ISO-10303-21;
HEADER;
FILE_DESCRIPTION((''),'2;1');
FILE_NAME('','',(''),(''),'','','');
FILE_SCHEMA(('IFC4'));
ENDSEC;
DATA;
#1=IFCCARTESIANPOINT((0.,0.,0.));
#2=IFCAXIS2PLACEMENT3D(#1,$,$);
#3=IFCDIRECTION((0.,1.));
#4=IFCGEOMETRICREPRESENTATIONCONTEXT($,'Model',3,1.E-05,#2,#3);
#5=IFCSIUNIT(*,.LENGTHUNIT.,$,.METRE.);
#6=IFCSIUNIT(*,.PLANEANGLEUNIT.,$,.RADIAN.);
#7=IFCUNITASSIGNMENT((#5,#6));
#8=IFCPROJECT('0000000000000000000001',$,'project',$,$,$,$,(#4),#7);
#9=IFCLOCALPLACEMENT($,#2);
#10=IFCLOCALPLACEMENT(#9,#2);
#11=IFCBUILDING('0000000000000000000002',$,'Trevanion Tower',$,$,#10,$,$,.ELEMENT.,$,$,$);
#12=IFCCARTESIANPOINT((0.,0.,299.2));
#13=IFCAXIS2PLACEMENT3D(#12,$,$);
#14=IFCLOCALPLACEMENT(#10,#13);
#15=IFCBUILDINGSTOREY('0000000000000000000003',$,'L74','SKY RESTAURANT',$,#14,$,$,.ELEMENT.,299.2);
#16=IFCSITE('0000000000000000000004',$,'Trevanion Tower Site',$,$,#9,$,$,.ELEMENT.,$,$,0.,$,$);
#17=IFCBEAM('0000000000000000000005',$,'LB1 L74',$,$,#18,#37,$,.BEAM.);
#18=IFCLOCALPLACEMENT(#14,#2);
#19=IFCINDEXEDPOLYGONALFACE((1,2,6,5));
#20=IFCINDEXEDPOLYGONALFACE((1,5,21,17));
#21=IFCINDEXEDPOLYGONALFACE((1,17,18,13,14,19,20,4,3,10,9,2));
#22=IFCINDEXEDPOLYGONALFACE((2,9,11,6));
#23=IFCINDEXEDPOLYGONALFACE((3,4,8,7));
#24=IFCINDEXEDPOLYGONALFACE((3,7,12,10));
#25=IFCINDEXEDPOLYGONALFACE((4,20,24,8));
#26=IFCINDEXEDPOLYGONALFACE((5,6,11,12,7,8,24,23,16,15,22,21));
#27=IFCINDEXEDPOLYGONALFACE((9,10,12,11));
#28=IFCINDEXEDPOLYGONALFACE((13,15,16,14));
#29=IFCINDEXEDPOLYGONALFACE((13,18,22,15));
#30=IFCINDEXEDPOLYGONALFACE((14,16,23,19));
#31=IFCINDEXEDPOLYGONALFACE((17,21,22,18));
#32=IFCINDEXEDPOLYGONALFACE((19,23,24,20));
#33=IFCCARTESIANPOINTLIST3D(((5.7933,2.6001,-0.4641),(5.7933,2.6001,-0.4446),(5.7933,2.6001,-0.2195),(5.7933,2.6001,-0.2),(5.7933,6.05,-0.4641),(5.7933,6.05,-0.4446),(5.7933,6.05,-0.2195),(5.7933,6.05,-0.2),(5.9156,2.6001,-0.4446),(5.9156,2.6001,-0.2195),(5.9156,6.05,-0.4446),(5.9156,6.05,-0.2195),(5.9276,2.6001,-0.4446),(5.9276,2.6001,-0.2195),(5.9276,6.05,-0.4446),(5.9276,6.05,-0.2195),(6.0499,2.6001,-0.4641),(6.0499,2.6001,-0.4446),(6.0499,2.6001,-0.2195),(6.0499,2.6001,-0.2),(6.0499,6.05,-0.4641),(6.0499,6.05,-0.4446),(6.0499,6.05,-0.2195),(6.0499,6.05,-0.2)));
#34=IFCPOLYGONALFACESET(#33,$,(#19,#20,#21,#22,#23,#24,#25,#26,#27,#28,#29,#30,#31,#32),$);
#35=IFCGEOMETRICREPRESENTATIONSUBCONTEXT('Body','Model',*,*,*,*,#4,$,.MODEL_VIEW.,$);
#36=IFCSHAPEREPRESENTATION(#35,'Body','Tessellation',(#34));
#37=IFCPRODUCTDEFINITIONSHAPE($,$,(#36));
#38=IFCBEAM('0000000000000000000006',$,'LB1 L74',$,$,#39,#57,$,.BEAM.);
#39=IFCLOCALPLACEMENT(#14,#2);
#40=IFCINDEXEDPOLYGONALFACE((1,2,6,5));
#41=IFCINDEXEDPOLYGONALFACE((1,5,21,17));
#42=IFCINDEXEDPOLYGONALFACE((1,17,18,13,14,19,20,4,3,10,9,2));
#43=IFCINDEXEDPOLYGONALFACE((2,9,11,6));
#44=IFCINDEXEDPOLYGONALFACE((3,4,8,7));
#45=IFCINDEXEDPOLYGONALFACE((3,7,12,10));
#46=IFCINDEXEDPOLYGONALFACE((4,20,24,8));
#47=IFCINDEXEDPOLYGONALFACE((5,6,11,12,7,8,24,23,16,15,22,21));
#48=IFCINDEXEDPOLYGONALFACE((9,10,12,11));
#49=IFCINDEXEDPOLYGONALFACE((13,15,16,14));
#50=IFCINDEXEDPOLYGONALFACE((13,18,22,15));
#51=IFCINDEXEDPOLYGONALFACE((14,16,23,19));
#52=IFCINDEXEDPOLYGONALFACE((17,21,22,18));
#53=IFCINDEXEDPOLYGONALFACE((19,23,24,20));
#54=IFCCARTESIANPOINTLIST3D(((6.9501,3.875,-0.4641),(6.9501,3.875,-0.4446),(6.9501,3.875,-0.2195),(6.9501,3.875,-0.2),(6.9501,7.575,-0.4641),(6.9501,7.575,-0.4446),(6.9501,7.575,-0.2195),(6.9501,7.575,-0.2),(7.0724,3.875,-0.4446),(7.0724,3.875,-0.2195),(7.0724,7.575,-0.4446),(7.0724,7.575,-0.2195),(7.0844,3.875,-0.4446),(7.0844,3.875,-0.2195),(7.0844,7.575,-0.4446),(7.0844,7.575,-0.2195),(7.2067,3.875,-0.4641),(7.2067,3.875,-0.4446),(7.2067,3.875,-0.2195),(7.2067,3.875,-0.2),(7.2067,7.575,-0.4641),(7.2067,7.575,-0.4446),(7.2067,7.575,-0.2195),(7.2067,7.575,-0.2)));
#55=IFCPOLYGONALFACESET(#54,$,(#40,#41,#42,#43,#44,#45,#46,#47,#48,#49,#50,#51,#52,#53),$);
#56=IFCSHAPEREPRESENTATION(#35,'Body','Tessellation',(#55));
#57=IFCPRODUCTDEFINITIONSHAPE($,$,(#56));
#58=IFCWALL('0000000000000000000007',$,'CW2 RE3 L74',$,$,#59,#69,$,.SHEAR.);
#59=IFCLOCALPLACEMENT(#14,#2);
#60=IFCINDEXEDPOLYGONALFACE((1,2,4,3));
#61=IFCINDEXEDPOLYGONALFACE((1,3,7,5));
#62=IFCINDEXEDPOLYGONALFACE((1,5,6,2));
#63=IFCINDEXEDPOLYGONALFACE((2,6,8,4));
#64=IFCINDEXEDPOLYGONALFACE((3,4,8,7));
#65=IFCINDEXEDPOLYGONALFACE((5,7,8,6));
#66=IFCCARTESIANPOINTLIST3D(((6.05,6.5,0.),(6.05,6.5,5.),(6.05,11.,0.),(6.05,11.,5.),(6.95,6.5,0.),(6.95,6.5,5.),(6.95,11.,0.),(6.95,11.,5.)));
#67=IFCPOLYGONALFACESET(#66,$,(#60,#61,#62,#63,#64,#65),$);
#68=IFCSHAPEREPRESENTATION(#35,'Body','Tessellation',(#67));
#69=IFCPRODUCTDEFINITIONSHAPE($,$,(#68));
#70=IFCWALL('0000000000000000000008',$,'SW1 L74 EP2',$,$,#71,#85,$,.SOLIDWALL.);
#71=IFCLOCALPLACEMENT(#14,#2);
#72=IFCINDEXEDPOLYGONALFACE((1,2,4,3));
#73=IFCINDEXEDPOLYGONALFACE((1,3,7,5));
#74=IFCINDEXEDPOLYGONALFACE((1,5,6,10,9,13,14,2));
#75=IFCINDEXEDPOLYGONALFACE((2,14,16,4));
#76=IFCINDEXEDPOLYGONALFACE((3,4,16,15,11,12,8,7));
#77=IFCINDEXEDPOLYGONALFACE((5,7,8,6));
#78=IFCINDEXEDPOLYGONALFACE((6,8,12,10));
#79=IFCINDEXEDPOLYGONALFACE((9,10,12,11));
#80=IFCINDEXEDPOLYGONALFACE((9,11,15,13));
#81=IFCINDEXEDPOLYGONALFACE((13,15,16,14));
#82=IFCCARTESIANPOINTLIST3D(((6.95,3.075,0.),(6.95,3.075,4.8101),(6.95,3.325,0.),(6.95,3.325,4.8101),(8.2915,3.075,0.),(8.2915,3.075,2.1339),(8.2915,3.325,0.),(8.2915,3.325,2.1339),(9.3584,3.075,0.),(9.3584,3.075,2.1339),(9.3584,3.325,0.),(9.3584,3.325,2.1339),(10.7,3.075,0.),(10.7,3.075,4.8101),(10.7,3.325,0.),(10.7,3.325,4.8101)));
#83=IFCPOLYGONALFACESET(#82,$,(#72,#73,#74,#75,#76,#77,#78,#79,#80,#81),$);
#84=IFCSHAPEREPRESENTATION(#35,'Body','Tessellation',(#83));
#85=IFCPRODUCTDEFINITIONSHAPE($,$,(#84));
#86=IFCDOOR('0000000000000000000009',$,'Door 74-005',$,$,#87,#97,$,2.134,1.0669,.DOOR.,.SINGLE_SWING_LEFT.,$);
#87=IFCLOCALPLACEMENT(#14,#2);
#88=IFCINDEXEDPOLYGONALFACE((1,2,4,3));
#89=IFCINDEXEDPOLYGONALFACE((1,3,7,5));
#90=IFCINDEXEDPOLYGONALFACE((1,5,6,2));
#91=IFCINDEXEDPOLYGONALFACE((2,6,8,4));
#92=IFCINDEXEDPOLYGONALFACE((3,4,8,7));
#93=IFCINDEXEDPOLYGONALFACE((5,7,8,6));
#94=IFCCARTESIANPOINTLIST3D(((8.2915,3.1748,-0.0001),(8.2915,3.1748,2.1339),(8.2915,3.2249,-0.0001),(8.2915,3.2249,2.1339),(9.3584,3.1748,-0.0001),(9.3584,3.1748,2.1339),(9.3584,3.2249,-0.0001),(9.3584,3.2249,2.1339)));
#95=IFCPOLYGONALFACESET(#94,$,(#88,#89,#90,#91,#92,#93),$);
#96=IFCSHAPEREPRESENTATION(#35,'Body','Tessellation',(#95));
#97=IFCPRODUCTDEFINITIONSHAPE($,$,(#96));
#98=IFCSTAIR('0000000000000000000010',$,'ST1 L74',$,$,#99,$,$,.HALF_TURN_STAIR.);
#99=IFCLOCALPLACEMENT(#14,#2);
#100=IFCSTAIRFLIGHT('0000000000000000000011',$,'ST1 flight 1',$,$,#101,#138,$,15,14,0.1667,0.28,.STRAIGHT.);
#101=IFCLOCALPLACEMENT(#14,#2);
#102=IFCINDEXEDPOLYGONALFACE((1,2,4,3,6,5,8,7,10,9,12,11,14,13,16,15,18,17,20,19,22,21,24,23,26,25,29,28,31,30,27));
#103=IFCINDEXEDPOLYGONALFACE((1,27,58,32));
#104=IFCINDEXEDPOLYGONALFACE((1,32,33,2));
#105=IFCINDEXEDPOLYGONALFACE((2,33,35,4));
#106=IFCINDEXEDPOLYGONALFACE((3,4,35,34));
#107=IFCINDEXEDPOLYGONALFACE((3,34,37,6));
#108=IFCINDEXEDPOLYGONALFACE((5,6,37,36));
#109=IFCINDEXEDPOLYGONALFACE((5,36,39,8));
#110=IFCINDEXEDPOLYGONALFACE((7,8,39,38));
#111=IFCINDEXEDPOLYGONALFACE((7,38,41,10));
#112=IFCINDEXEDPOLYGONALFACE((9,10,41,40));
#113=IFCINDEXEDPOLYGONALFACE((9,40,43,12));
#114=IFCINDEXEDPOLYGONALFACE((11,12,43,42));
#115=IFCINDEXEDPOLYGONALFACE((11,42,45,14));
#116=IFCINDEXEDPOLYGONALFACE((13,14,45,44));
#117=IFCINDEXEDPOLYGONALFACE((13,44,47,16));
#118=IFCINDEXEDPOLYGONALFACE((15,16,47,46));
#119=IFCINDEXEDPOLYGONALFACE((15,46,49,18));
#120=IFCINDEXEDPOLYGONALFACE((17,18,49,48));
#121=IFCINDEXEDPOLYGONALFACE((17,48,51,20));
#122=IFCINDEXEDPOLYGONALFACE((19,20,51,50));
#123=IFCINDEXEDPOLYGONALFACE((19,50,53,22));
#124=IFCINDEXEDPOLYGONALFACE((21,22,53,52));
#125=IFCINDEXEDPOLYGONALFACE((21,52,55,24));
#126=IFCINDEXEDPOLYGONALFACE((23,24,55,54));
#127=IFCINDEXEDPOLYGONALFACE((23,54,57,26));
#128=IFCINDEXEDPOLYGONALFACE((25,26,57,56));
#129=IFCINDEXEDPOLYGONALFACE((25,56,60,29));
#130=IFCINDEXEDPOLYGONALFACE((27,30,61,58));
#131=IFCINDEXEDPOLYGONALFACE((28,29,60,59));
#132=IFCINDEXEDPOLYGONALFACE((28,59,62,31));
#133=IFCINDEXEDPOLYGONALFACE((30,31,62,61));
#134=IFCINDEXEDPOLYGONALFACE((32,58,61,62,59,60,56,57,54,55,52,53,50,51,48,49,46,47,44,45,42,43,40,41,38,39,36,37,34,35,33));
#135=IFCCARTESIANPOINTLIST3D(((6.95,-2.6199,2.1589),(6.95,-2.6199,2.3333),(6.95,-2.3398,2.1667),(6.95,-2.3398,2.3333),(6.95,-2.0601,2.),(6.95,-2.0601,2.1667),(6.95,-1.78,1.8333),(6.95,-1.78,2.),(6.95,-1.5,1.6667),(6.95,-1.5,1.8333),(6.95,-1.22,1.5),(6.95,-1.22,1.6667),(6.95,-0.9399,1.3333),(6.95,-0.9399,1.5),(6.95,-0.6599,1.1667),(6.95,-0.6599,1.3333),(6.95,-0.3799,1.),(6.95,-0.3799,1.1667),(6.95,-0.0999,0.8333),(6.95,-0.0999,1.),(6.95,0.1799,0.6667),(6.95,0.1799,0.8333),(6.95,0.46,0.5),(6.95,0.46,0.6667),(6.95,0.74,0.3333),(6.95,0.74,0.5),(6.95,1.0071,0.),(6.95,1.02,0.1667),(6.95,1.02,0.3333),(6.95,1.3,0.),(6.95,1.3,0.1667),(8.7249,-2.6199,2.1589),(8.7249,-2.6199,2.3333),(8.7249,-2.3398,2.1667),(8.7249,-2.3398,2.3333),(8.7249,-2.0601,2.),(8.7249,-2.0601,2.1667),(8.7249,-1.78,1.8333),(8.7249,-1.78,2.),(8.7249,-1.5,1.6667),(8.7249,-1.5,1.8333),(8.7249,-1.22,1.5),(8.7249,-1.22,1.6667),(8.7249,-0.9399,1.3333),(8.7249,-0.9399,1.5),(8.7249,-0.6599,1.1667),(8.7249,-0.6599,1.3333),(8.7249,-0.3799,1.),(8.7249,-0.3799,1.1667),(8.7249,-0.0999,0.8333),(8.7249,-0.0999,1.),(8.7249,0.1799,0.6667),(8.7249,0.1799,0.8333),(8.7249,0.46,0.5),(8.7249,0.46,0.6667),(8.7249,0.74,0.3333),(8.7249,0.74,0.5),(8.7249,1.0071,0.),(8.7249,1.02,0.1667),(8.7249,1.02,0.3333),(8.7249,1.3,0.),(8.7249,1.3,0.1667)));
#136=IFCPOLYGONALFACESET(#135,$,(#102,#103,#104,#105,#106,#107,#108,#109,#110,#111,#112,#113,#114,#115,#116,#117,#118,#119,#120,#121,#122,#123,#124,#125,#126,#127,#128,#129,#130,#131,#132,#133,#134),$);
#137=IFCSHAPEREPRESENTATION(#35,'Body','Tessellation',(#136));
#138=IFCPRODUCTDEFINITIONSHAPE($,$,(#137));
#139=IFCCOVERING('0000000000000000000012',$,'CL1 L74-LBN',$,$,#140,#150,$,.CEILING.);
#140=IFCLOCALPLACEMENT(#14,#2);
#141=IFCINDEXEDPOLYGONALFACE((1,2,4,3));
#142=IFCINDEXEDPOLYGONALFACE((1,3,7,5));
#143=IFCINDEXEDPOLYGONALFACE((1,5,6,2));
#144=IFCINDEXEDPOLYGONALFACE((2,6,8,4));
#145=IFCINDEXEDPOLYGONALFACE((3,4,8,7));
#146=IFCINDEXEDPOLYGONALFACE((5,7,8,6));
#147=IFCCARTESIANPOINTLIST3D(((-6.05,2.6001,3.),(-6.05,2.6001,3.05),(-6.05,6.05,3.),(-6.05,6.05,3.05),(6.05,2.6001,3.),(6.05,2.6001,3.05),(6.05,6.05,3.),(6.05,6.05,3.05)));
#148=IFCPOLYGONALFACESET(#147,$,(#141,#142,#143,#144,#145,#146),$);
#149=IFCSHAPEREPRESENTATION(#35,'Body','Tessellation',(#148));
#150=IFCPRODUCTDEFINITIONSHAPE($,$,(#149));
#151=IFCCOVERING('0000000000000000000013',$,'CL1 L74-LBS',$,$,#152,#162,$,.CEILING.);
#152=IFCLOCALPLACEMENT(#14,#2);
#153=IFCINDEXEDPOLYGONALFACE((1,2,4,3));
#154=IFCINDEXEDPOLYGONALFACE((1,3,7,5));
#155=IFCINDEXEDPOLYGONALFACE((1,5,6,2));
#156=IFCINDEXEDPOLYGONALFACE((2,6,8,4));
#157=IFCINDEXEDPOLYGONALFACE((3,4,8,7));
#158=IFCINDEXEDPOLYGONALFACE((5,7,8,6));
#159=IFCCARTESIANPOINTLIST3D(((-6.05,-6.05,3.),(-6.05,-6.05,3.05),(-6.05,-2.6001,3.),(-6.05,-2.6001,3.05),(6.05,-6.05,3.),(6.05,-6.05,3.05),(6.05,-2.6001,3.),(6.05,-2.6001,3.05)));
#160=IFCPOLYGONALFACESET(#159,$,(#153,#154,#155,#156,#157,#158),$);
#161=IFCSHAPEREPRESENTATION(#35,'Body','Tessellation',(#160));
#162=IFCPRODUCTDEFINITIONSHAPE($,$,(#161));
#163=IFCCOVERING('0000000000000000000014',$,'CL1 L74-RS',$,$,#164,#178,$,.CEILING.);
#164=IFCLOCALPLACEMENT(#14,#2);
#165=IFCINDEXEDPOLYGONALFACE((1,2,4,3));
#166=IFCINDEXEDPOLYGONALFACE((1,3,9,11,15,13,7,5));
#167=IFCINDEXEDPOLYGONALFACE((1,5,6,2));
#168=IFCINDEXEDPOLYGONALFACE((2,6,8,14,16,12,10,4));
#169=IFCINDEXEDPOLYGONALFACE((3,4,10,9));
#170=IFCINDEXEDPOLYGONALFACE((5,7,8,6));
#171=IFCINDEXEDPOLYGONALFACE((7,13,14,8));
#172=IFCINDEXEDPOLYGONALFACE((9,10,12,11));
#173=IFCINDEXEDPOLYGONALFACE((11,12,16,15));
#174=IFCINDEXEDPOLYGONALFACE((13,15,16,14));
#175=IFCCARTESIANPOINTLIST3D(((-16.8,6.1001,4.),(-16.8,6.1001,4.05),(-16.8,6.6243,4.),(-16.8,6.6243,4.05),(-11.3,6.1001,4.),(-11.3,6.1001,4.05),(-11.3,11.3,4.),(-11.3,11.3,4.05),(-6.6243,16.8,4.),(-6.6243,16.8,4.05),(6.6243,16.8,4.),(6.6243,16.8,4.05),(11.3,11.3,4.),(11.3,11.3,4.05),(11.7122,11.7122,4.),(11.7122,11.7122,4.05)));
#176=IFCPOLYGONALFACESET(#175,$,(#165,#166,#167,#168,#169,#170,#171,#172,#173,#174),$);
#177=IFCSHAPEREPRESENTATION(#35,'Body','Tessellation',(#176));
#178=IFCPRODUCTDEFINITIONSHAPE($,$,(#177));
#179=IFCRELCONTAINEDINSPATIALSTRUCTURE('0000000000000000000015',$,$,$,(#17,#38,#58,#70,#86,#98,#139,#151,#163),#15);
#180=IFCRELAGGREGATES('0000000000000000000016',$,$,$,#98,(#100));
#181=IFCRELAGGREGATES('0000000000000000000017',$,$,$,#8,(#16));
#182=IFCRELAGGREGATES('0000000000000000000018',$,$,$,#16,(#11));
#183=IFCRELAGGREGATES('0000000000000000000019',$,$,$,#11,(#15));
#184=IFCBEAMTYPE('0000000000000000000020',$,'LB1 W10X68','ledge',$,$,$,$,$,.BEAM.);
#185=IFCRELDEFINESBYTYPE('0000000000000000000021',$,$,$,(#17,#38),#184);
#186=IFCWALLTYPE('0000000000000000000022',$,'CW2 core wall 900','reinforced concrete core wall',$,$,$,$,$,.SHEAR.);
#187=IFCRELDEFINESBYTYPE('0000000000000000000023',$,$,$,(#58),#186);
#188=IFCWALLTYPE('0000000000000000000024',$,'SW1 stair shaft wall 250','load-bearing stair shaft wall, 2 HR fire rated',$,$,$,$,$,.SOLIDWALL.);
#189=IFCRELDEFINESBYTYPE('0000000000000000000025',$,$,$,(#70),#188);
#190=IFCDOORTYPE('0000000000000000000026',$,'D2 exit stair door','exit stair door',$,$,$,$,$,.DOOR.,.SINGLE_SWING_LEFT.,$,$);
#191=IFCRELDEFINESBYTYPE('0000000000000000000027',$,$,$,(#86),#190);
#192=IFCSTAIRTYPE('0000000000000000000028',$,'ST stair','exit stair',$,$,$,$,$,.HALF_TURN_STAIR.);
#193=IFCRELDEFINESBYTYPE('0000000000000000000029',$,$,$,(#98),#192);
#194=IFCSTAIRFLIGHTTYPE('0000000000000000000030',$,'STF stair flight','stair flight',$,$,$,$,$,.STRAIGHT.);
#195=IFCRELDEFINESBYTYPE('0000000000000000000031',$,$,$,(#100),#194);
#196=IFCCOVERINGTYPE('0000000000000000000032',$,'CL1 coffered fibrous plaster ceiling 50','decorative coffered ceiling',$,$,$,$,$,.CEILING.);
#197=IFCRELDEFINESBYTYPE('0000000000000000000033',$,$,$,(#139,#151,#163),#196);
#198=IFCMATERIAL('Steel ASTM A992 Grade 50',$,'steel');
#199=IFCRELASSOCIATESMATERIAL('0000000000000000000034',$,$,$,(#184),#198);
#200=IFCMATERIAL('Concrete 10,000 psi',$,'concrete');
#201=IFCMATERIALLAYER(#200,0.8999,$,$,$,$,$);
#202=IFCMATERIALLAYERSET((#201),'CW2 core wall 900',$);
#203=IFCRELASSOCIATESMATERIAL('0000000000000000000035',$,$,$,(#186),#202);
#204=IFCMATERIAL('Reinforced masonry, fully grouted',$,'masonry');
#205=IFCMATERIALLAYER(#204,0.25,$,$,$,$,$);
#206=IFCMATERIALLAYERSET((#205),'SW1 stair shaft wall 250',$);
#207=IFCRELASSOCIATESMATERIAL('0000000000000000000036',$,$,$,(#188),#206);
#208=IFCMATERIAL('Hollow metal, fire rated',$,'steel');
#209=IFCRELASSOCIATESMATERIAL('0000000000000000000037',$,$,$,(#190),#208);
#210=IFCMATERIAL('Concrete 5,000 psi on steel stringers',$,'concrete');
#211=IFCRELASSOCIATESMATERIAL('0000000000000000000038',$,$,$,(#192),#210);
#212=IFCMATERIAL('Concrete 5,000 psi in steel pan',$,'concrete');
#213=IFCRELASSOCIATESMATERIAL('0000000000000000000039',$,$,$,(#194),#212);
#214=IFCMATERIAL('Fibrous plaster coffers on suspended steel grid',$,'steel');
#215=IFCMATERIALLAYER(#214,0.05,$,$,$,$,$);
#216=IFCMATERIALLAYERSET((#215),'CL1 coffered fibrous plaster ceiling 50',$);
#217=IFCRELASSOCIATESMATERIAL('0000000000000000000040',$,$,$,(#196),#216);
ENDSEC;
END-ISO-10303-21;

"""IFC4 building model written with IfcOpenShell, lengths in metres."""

from ifc_helpers import new_model, si_unit, direction, frame, frame_2d, origin, origin_2d, place, context, subcontext, project, spatial, polyline, rectangle, i_section, outline, extrude, material, layer, layer_set, material_profile, profile_set, type_object, element, fill, aggregate, save


model = new_model("IFC4")

# Units and contexts
model_context = context("Model", 3, precision=1e-05, world=origin(), true_north=direction((0.0, 1.0)))
body_context = subcontext(model_context, "Body", "Model", "MODEL_VIEW")
ifc_project = project(units=[si_unit("LENGTHUNIT", "METRE"), si_unit("PLANEANGLEUNIT", "RADIAN")], contexts=[model_context])

# Site, building, storey
site_placement = place(None, origin())
site = spatial("IfcSite", under=ifc_project, at=site_placement, Name="Trevanion Tower Site", CompositionType="ELEMENT", RefElevation=0.0)
building_placement = place(site_placement, origin())
building = spatial("IfcBuilding", under=site, at=building_placement, Name="Trevanion Tower", CompositionType="ELEMENT")
storey_placement = place(building_placement, frame((0.0, 0.0, 299.2)))
storey = spatial("IfcBuildingStorey", under=building, at=storey_placement, Name="L74", Description="SKY RESTAURANT", CompositionType="ELEMENT", Elevation=299.2)

# Beams
ifc_material_1 = material(Name="Steel ASTM A992 Grade 50", Category="steel")
ifc_material_profile = material_profile(ifc_material_1, i_section(OverallWidth=0.2566, OverallDepth=0.2642, WebThickness=0.012, FlangeThickness=0.0195, at=origin_2d()), Name="W10X68")
ifc_profile_set = profile_set([ifc_material_profile], Name="Steel ASTM A992 Grade 50")
beam_type = type_object("IfcBeamType", Name="LB1 W10X68", Description="ledge", PredefinedType="BEAM", material=ifc_profile_set)
beam_1_placement = place(storey_placement, frame((5.9216, 2.6001, -0.332), z_axis=(0.0, 1.0, 0.0), x_axis=(-1.0, 0.0, 0.0)))
element("IfcBeam", 1, at=beam_1_placement, inside=storey, type_object=beam_type, Name="LB1 L74", PredefinedType="BEAM", context=body_context, shape_type="SweptSolid", body=[
    extrude(i_section(OverallWidth=0.2566, OverallDepth=0.2642, WebThickness=0.012, FlangeThickness=0.0195, at=origin_2d()), origin(), (0.0, 0.0, 1.0), 3.45),
])
beam_2_placement = place(storey_placement, frame((7.0784, 3.875, -0.332), z_axis=(0.0, 1.0, 0.0), x_axis=(-1.0, 0.0, 0.0)))
element("IfcBeam", 2, at=beam_2_placement, inside=storey, type_object=beam_type, Name="LB1 L74", PredefinedType="BEAM", context=body_context, shape_type="SweptSolid", body=[
    extrude(i_section(OverallWidth=0.2566, OverallDepth=0.2642, WebThickness=0.012, FlangeThickness=0.0195, at=origin_2d()), origin(), (0.0, 0.0, 1.0), 3.7),
])

# Wall
ifc_material_2 = material(Name="Concrete 10,000 psi", Category="concrete")
ifc_layer_1 = layer(ifc_material_2, 0.8999)
ifc_layer_set_1 = layer_set([ifc_layer_1], Name="CW2 core wall 900")
wall_type_1 = type_object("IfcWallType", Name="CW2 core wall 900", Description="reinforced concrete core wall", PredefinedType="SHEAR", material=ifc_layer_set_1)
wall_1_placement = place(storey_placement, frame((6.5, 6.5, 0.0), z_axis=(0.0, 0.0, 1.0), x_axis=(0.0, 1.0, 0.0)))
element("IfcWall", 3, at=wall_1_placement, inside=storey, type_object=wall_type_1, Name="CW2 RE3 L74", PredefinedType="SHEAR", context=body_context, shape_type="SweptSolid", body=[
    extrude(rectangle(XDim=4.5, YDim=0.8999, at=frame_2d((2.25, 0.0))), origin(), (0.0, 0.0, 1.0), 5.0),
])

# Wall, opening, door
ifc_material_3 = material(Name="Reinforced masonry, fully grouted", Category="masonry")
ifc_layer_2 = layer(ifc_material_3, 0.25)
ifc_layer_set_2 = layer_set([ifc_layer_2], Name="SW1 stair shaft wall 250")
wall_type_2 = type_object("IfcWallType", Name="SW1 stair shaft wall 250", Description="load-bearing stair shaft wall, 2 HR fire rated", PredefinedType="SOLIDWALL", material=ifc_layer_set_2)
wall_2_placement = place(storey_placement, frame((6.95, 3.2, 0.0), z_axis=(0.0, 0.0, 1.0), x_axis=(1.0, 0.0, 0.0)))
wall_2 = element("IfcWall", 4, at=wall_2_placement, inside=storey, type_object=wall_type_2, Name="SW1 L74 EP2", PredefinedType="SOLIDWALL", context=body_context, shape_type="SweptSolid", body=[
    extrude(rectangle(XDim=3.75, YDim=0.25, at=frame_2d((1.875, 0.0))), origin(), (0.0, 0.0, 1.0), 4.8101),
])
opening_placement = place(wall_2_placement, frame((1.3416, 0.0, 0.0)))
opening = element("IfcOpeningElement", 5, at=opening_placement, cuts=wall_2, PredefinedType="OPENING", context=body_context, shape_type="SweptSolid", body=[
    extrude(rectangle(XDim=1.0669, YDim=2.134, at=frame_2d((0.5334, 1.0669))), frame((0.0, 0.135, 0.0), z_axis=(0.0, -1.0, 0.0), x_axis=(1.0, 0.0, 0.0)), (0.0, 0.0, 1.0), 0.27),
])
ifc_material_4 = material(Name="Hollow metal, fire rated", Category="steel")
door_type = type_object("IfcDoorType", Name="D2 exit stair door", Description="exit stair door", OperationType="SINGLE_SWING_LEFT", PredefinedType="DOOR", material=ifc_material_4)
door_placement = place(opening_placement, origin())
door = element("IfcDoor", 6, at=door_placement, inside=storey, type_object=door_type, Name="Door 74-005", OperationType="SINGLE_SWING_LEFT", OverallHeight=2.134, OverallWidth=1.0669, PredefinedType="DOOR", context=body_context, shape_type="SweptSolid", body=[
    extrude(rectangle(XDim=1.0669, YDim=2.134, at=frame_2d((0.5334, 1.0669))), frame((0.0, 0.0249, 0.0), z_axis=(0.0, -1.0, 0.0), x_axis=(1.0, 0.0, 0.0)), (0.0, 0.0, 1.0), 0.05),
])
fill(opening, door)

# Stair, stair flight
ifc_material_5 = material(Name="Concrete 5,000 psi on steel stringers", Category="concrete")
stair_type = type_object("IfcStairType", Name="ST stair", Description="exit stair", PredefinedType="HALF_TURN_STAIR", material=ifc_material_5)
stair_placement = place(storey_placement, origin())
stair = element("IfcStair", 7, at=stair_placement, inside=storey, type_object=stair_type, Name="ST1 L74", PredefinedType="HALF_TURN_STAIR")
ifc_material_6 = material(Name="Concrete 5,000 psi in steel pan", Category="concrete")
stair_flight_type = type_object("IfcStairFlightType", Name="STF stair flight", Description="stair flight", PredefinedType="STRAIGHT", material=ifc_material_6)
stair_flight_placement = place(storey_placement, frame((7.8374, 1.3, 0.0), z_axis=(0.0, 0.0, 1.0), x_axis=(0.0, -1.0, 0.0)))
stair_flight = element("IfcStairFlight", 8, at=stair_flight_placement, type_object=stair_flight_type, Name="ST1 flight 1", NumberOfRisers=15, NumberOfTreads=14, PredefinedType="STRAIGHT", RiserHeight=0.1667, TreadLength=0.28, context=body_context, shape_type="SweptSolid", body=[
    extrude(outline(polyline([(0.0, 0.0), (0.0, 0.1667), (0.28, 0.1667), (0.28, 0.3333), (0.5601, 0.3333), (0.5601, 0.5), (0.8401, 0.5), (0.8401, 0.6667), (1.1201, 0.6667), (1.1201, 0.8333), (1.3999, 0.8333), (1.3999, 1.0), (1.6799, 1.0), (1.6799, 1.1667), (1.96, 1.1667), (1.96, 1.3333), (2.24, 1.3333), (2.24, 1.5), (2.52, 1.5), (2.52, 1.6667), (2.8, 1.6667), (2.8, 1.8333), (3.0801, 1.8333), (3.0801, 2.0), (3.3601, 2.0), (3.3601, 2.1667), (3.6399, 2.1667), (3.6399, 2.3333), (3.9199, 2.3333), (3.9199, 2.5), (3.9199, 2.1589), (0.293, 0.0), (0.0, 0.0)])), frame((0.0, 0.8875, 0.0), z_axis=(0.0, -1.0, 0.0), x_axis=(1.0, 0.0, 0.0)), (0.0, 0.0, 1.0), 1.7749),
])
aggregate(stair, [stair_flight])

# Coverings
ifc_material_7 = material(Name="Fibrous plaster coffers on suspended steel grid", Category="steel")
ifc_layer_3 = layer(ifc_material_7, 0.05)
ifc_layer_set_3 = layer_set([ifc_layer_3], Name="CL1 coffered fibrous plaster ceiling 50")
covering_type_1 = type_object("IfcCoveringType", Name="CL1 coffered fibrous plaster ceiling 50", Description="decorative coffered ceiling", PredefinedType="CEILING", material=ifc_layer_set_3)
covering_1_placement = place(storey_placement, frame((0.0, 0.0, 3.0)))
element("IfcCovering", 9, at=covering_1_placement, inside=storey, type_object=covering_type_1, Name="CL1 L74-LBN", PredefinedType="CEILING", context=body_context, shape_type="SweptSolid", body=[
    extrude(outline(polyline([(6.05, 2.6001), (6.05, 6.05), (-6.05, 6.05), (-6.05, 2.6001), (6.05, 2.6001)])), origin(), (0.0, 0.0, 1.0), 0.05),
])
covering_2_placement = place(storey_placement, frame((0.0, 0.0, 3.0)))
element("IfcCovering", 10, at=covering_2_placement, inside=storey, type_object=covering_type_1, Name="CL1 L74-LBS", PredefinedType="CEILING", context=body_context, shape_type="SweptSolid", body=[
    extrude(outline(polyline([(6.05, -6.05), (6.05, -2.6001), (-6.05, -2.6001), (-6.05, -6.05), (6.05, -6.05)])), origin(), (0.0, 0.0, 1.0), 0.05),
])
covering_3_placement = place(storey_placement, frame((0.0, 0.0, 4.0)))
element("IfcCovering", 11, at=covering_3_placement, inside=storey, type_object=covering_type_1, Name="CL1 L74-RS", PredefinedType="CEILING", context=body_context, shape_type="SweptSolid", body=[
    extrude(outline(polyline([(6.6243, 16.8), (11.7122, 11.7122), (11.3, 11.3), (-11.3, 11.3), (-11.3, 6.1001), (-16.8, 6.1001), (-16.8, 6.6243), (-6.6243, 16.8), (6.6243, 16.8)])), origin(), (0.0, 0.0, 1.0), 0.05),
])

save(model, "model.ifc")
